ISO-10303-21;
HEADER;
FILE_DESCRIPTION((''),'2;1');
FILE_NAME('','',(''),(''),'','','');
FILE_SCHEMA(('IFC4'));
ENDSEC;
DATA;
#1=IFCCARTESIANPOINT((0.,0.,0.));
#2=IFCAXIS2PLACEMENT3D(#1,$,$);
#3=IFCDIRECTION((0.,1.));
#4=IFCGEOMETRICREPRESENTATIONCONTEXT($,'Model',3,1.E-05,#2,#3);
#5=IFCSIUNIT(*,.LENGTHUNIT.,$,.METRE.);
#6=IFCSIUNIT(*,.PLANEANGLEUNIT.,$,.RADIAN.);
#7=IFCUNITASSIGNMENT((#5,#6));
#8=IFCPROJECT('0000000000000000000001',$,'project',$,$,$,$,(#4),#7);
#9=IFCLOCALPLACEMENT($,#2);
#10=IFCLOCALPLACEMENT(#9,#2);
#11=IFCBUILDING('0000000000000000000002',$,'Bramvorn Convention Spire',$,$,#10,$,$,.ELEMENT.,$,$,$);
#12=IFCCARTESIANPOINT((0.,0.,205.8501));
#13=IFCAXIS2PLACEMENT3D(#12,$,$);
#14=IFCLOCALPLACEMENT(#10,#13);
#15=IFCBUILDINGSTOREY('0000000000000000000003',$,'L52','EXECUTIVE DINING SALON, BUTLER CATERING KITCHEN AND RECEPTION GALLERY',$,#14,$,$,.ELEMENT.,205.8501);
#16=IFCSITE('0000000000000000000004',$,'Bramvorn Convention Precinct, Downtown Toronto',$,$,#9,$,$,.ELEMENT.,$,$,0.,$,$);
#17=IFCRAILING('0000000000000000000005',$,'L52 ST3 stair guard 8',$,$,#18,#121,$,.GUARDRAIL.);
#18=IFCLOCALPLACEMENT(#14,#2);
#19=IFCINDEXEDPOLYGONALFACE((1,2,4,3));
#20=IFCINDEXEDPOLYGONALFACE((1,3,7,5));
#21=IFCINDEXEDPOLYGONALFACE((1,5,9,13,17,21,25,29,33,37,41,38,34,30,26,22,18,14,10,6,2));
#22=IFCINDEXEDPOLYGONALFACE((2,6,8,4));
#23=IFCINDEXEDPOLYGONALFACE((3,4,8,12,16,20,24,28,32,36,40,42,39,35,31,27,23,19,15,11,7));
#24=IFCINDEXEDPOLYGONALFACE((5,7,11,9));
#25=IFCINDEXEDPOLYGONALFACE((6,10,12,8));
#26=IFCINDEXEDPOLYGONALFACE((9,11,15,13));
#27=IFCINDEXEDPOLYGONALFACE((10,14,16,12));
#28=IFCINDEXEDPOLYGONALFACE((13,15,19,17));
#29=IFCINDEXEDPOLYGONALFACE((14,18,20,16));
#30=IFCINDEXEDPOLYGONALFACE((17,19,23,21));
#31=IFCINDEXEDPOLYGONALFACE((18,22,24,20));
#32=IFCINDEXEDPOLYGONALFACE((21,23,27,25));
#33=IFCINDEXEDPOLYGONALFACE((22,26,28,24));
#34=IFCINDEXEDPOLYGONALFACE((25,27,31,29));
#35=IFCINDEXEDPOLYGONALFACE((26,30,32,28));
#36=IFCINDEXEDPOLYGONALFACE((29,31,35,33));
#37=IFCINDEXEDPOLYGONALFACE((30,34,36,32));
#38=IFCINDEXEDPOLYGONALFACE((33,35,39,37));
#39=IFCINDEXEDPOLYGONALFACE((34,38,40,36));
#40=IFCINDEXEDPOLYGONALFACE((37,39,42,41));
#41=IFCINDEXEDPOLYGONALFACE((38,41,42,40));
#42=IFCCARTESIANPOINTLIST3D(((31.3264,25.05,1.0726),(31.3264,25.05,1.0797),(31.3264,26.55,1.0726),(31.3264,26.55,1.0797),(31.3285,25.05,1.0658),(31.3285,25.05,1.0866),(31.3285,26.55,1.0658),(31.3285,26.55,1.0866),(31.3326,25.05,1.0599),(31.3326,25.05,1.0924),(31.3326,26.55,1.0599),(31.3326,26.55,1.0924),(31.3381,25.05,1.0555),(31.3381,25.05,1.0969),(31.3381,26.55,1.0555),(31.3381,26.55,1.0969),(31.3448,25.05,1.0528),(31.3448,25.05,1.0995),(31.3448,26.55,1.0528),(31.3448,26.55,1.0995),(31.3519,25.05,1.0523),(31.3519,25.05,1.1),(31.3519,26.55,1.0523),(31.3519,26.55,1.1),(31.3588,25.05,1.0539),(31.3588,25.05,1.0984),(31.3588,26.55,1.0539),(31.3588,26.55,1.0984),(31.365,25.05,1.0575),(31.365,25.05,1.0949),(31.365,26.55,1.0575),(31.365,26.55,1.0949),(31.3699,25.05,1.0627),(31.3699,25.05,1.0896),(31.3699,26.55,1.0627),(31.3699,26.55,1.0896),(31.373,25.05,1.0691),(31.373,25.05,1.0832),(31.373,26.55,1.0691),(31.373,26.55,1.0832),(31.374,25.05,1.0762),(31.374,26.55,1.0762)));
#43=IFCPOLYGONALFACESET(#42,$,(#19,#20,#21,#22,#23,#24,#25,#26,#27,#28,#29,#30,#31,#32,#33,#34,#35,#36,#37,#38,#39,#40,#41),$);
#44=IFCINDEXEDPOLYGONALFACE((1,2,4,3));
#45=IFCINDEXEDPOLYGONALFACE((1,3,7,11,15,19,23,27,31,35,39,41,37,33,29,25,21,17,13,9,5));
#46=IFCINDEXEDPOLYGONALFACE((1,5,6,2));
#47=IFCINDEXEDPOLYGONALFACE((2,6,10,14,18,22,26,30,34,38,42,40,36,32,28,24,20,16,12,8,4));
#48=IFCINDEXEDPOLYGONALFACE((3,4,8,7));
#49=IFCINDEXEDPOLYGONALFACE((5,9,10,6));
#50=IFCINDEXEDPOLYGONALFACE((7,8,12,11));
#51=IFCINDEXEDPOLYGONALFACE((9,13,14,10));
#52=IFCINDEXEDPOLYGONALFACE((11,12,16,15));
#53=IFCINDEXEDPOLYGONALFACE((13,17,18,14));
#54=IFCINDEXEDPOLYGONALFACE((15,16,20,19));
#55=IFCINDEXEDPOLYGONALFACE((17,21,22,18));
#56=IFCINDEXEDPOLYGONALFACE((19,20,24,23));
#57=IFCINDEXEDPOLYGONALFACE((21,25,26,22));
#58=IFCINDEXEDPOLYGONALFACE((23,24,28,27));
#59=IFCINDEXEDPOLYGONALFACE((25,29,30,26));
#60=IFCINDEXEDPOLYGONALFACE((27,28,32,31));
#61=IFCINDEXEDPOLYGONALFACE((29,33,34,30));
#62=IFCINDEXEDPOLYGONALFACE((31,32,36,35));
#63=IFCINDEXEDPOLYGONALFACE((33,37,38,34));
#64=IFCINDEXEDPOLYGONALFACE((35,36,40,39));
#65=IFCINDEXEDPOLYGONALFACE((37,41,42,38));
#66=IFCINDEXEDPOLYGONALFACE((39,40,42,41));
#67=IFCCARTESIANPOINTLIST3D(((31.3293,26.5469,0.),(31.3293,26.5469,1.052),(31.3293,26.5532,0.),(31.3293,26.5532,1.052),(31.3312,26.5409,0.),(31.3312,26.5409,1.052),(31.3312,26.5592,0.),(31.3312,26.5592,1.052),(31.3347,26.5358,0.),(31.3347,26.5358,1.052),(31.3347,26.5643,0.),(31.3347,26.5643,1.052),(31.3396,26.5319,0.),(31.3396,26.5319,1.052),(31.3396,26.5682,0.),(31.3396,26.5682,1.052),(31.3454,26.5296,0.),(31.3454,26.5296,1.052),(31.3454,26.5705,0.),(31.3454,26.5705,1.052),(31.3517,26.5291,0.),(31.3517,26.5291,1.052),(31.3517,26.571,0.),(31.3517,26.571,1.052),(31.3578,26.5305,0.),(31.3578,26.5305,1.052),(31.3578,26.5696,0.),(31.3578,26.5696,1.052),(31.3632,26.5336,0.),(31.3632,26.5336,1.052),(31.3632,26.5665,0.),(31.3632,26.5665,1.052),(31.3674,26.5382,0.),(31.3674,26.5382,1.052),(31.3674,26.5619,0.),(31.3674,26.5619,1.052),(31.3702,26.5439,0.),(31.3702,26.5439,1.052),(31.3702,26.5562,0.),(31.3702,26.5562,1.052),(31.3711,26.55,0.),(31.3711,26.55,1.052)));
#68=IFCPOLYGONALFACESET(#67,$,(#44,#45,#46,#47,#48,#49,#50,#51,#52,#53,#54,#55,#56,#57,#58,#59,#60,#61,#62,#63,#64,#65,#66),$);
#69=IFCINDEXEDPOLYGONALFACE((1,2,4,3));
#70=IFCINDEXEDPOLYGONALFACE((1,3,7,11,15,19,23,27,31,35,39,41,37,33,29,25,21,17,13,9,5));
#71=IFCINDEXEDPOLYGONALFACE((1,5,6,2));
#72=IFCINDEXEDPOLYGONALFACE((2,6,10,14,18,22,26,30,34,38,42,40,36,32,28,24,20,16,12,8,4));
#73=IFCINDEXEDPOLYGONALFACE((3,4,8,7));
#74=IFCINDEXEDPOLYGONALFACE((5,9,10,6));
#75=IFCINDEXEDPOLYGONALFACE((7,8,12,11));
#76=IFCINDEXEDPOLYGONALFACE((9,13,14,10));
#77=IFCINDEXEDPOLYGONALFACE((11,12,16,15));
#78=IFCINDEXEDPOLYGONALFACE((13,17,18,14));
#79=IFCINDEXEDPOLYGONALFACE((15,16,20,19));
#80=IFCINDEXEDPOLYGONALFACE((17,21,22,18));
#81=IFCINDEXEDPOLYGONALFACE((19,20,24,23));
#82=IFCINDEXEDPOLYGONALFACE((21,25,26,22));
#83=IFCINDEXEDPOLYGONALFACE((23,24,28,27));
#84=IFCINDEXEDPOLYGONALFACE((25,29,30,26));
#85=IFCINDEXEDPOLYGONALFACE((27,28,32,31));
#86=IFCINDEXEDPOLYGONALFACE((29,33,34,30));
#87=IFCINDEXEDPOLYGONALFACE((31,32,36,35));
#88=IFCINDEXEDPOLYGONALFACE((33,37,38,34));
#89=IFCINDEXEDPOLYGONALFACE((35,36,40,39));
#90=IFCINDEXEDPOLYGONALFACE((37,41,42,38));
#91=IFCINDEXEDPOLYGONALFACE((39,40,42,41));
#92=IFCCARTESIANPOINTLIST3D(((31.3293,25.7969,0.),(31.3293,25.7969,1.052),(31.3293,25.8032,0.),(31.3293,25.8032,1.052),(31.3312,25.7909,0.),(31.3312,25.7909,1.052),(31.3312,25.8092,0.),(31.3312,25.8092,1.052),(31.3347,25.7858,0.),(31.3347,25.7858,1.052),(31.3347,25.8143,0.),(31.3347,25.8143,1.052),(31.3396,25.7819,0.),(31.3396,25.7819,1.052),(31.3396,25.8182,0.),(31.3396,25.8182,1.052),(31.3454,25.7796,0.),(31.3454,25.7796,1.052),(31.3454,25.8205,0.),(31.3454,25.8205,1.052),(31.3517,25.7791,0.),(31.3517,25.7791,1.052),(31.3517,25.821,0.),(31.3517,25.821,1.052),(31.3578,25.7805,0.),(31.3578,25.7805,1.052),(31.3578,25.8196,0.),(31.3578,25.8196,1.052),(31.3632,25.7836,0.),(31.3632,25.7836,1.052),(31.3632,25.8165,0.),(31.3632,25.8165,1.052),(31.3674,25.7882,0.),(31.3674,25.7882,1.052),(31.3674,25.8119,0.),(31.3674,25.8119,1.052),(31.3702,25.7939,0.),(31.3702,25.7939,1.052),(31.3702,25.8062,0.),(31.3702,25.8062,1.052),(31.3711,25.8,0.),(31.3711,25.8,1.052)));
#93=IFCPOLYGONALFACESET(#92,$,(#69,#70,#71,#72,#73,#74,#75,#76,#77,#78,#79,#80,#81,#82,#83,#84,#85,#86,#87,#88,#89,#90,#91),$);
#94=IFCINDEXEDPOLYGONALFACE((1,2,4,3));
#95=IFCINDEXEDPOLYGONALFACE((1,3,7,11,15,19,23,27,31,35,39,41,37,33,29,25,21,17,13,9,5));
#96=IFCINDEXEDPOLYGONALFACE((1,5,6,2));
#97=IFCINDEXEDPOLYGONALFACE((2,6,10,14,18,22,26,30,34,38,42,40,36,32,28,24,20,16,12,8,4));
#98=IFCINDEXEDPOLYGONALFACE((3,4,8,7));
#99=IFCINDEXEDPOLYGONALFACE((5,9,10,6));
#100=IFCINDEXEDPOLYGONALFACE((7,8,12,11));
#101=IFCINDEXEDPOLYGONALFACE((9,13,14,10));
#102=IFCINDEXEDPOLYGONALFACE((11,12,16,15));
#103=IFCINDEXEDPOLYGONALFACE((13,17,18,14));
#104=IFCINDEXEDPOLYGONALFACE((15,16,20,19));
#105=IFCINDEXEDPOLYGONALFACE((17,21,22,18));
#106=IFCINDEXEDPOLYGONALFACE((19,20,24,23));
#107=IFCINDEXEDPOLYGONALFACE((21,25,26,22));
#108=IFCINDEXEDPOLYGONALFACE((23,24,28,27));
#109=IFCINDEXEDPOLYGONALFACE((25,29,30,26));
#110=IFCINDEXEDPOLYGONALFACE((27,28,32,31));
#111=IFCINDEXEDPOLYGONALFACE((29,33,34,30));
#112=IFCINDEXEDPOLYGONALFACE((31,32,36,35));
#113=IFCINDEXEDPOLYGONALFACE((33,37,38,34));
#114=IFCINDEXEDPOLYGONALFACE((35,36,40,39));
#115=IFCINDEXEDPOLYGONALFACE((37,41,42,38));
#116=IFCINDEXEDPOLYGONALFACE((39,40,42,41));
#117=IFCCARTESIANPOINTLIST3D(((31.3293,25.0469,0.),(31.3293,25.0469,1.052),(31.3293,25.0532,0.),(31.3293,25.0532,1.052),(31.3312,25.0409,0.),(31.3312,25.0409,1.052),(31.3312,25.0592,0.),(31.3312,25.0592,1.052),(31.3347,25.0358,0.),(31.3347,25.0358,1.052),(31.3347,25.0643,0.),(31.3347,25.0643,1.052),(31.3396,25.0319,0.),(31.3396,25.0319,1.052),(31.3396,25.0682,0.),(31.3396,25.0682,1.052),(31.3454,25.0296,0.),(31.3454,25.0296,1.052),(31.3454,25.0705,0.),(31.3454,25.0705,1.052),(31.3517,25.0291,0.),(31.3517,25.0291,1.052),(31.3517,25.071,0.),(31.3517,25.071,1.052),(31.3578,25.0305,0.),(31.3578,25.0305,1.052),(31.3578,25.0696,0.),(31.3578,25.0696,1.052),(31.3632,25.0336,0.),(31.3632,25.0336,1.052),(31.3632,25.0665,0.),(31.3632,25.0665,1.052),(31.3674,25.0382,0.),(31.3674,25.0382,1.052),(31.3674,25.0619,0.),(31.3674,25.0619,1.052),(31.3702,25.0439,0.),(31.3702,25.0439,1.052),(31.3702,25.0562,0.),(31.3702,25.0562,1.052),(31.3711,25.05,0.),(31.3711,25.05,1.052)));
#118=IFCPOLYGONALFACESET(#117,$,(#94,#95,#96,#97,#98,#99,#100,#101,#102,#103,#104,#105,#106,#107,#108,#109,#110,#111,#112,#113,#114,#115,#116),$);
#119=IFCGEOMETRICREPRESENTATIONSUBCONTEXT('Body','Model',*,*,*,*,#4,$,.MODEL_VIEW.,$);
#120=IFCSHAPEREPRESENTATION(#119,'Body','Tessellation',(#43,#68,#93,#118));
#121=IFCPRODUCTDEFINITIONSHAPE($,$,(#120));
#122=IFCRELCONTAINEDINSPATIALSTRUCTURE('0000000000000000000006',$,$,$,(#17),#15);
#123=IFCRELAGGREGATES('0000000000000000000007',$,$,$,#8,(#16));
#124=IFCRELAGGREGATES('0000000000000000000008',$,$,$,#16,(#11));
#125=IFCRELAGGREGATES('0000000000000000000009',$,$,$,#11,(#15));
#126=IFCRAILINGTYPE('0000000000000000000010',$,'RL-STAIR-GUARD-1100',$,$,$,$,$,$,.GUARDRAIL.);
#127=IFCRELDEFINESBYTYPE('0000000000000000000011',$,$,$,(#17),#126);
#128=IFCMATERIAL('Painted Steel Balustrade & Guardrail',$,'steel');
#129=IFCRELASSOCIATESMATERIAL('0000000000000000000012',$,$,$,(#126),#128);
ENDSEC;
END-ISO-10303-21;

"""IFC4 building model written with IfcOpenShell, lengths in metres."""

from ifc_helpers import new_model, si_unit, direction, frame, origin, origin_2d, place, context, subcontext, project, spatial, circle, extrude, material, type_object, element, save


model = new_model("IFC4")

# Units and contexts
model_context = context("Model", 3, precision=1e-05, world=origin(), true_north=direction((0.0, 1.0)))
body_context = subcontext(model_context, "Body", "Model", "MODEL_VIEW")
ifc_project = project(units=[si_unit("LENGTHUNIT", "METRE"), si_unit("PLANEANGLEUNIT", "RADIAN")], contexts=[model_context])

# Site, building, storey
site_placement = place(None, origin())
site = spatial("IfcSite", under=ifc_project, at=site_placement, Name="Bramvorn Convention Precinct, Downtown Toronto", CompositionType="ELEMENT", RefElevation=0.0)
building_placement = place(site_placement, origin())
building = spatial("IfcBuilding", under=site, at=building_placement, Name="Bramvorn Convention Spire", CompositionType="ELEMENT")
storey_placement = place(building_placement, frame((0.0, 0.0, 205.8501)))
storey = spatial("IfcBuildingStorey", under=building, at=storey_placement, Name="L52", Description="EXECUTIVE DINING SALON, BUTLER CATERING KITCHEN AND RECEPTION GALLERY", CompositionType="ELEMENT", Elevation=205.8501)

# Railing
ifc_material_1 = material(Name="Painted Steel Balustrade & Guardrail", Category="steel")
railing_type = type_object("IfcRailingType", Name="RL-STAIR-GUARD-1100", PredefinedType="GUARDRAIL", material=ifc_material_1)
railing_1_placement = place(storey_placement, frame((31.3501, 26.55, 0.0)))
element("IfcRailing", 1, at=railing_1_placement, inside=storey, type_object=railing_type, Name="L52 ST3 stair guard 8", PredefinedType="GUARDRAIL", context=body_context, shape_type="SweptSolid", body=[
    extrude(circle(Radius=0.0239, at=origin_2d()), frame((0.0, 0.0, 1.0762), z_axis=(0.0, -1.0, 0.0), x_axis=(1.0, 0.0, 0.0)), (0.0, 0.0, 1.0), 1.5),
    extrude(circle(Radius=0.021, at=origin_2d()), origin(), (0.0, 0.0, 1.0), 1.052),
    extrude(circle(Radius=0.021, at=origin_2d()), frame((0.0, -0.75, 0.0)), (0.0, 0.0, 1.0), 1.052),
    extrude(circle(Radius=0.021, at=origin_2d()), frame((0.0, -1.5, 0.0)), (0.0, 0.0, 1.0), 1.052),
])

save(model, "model.ifc")
